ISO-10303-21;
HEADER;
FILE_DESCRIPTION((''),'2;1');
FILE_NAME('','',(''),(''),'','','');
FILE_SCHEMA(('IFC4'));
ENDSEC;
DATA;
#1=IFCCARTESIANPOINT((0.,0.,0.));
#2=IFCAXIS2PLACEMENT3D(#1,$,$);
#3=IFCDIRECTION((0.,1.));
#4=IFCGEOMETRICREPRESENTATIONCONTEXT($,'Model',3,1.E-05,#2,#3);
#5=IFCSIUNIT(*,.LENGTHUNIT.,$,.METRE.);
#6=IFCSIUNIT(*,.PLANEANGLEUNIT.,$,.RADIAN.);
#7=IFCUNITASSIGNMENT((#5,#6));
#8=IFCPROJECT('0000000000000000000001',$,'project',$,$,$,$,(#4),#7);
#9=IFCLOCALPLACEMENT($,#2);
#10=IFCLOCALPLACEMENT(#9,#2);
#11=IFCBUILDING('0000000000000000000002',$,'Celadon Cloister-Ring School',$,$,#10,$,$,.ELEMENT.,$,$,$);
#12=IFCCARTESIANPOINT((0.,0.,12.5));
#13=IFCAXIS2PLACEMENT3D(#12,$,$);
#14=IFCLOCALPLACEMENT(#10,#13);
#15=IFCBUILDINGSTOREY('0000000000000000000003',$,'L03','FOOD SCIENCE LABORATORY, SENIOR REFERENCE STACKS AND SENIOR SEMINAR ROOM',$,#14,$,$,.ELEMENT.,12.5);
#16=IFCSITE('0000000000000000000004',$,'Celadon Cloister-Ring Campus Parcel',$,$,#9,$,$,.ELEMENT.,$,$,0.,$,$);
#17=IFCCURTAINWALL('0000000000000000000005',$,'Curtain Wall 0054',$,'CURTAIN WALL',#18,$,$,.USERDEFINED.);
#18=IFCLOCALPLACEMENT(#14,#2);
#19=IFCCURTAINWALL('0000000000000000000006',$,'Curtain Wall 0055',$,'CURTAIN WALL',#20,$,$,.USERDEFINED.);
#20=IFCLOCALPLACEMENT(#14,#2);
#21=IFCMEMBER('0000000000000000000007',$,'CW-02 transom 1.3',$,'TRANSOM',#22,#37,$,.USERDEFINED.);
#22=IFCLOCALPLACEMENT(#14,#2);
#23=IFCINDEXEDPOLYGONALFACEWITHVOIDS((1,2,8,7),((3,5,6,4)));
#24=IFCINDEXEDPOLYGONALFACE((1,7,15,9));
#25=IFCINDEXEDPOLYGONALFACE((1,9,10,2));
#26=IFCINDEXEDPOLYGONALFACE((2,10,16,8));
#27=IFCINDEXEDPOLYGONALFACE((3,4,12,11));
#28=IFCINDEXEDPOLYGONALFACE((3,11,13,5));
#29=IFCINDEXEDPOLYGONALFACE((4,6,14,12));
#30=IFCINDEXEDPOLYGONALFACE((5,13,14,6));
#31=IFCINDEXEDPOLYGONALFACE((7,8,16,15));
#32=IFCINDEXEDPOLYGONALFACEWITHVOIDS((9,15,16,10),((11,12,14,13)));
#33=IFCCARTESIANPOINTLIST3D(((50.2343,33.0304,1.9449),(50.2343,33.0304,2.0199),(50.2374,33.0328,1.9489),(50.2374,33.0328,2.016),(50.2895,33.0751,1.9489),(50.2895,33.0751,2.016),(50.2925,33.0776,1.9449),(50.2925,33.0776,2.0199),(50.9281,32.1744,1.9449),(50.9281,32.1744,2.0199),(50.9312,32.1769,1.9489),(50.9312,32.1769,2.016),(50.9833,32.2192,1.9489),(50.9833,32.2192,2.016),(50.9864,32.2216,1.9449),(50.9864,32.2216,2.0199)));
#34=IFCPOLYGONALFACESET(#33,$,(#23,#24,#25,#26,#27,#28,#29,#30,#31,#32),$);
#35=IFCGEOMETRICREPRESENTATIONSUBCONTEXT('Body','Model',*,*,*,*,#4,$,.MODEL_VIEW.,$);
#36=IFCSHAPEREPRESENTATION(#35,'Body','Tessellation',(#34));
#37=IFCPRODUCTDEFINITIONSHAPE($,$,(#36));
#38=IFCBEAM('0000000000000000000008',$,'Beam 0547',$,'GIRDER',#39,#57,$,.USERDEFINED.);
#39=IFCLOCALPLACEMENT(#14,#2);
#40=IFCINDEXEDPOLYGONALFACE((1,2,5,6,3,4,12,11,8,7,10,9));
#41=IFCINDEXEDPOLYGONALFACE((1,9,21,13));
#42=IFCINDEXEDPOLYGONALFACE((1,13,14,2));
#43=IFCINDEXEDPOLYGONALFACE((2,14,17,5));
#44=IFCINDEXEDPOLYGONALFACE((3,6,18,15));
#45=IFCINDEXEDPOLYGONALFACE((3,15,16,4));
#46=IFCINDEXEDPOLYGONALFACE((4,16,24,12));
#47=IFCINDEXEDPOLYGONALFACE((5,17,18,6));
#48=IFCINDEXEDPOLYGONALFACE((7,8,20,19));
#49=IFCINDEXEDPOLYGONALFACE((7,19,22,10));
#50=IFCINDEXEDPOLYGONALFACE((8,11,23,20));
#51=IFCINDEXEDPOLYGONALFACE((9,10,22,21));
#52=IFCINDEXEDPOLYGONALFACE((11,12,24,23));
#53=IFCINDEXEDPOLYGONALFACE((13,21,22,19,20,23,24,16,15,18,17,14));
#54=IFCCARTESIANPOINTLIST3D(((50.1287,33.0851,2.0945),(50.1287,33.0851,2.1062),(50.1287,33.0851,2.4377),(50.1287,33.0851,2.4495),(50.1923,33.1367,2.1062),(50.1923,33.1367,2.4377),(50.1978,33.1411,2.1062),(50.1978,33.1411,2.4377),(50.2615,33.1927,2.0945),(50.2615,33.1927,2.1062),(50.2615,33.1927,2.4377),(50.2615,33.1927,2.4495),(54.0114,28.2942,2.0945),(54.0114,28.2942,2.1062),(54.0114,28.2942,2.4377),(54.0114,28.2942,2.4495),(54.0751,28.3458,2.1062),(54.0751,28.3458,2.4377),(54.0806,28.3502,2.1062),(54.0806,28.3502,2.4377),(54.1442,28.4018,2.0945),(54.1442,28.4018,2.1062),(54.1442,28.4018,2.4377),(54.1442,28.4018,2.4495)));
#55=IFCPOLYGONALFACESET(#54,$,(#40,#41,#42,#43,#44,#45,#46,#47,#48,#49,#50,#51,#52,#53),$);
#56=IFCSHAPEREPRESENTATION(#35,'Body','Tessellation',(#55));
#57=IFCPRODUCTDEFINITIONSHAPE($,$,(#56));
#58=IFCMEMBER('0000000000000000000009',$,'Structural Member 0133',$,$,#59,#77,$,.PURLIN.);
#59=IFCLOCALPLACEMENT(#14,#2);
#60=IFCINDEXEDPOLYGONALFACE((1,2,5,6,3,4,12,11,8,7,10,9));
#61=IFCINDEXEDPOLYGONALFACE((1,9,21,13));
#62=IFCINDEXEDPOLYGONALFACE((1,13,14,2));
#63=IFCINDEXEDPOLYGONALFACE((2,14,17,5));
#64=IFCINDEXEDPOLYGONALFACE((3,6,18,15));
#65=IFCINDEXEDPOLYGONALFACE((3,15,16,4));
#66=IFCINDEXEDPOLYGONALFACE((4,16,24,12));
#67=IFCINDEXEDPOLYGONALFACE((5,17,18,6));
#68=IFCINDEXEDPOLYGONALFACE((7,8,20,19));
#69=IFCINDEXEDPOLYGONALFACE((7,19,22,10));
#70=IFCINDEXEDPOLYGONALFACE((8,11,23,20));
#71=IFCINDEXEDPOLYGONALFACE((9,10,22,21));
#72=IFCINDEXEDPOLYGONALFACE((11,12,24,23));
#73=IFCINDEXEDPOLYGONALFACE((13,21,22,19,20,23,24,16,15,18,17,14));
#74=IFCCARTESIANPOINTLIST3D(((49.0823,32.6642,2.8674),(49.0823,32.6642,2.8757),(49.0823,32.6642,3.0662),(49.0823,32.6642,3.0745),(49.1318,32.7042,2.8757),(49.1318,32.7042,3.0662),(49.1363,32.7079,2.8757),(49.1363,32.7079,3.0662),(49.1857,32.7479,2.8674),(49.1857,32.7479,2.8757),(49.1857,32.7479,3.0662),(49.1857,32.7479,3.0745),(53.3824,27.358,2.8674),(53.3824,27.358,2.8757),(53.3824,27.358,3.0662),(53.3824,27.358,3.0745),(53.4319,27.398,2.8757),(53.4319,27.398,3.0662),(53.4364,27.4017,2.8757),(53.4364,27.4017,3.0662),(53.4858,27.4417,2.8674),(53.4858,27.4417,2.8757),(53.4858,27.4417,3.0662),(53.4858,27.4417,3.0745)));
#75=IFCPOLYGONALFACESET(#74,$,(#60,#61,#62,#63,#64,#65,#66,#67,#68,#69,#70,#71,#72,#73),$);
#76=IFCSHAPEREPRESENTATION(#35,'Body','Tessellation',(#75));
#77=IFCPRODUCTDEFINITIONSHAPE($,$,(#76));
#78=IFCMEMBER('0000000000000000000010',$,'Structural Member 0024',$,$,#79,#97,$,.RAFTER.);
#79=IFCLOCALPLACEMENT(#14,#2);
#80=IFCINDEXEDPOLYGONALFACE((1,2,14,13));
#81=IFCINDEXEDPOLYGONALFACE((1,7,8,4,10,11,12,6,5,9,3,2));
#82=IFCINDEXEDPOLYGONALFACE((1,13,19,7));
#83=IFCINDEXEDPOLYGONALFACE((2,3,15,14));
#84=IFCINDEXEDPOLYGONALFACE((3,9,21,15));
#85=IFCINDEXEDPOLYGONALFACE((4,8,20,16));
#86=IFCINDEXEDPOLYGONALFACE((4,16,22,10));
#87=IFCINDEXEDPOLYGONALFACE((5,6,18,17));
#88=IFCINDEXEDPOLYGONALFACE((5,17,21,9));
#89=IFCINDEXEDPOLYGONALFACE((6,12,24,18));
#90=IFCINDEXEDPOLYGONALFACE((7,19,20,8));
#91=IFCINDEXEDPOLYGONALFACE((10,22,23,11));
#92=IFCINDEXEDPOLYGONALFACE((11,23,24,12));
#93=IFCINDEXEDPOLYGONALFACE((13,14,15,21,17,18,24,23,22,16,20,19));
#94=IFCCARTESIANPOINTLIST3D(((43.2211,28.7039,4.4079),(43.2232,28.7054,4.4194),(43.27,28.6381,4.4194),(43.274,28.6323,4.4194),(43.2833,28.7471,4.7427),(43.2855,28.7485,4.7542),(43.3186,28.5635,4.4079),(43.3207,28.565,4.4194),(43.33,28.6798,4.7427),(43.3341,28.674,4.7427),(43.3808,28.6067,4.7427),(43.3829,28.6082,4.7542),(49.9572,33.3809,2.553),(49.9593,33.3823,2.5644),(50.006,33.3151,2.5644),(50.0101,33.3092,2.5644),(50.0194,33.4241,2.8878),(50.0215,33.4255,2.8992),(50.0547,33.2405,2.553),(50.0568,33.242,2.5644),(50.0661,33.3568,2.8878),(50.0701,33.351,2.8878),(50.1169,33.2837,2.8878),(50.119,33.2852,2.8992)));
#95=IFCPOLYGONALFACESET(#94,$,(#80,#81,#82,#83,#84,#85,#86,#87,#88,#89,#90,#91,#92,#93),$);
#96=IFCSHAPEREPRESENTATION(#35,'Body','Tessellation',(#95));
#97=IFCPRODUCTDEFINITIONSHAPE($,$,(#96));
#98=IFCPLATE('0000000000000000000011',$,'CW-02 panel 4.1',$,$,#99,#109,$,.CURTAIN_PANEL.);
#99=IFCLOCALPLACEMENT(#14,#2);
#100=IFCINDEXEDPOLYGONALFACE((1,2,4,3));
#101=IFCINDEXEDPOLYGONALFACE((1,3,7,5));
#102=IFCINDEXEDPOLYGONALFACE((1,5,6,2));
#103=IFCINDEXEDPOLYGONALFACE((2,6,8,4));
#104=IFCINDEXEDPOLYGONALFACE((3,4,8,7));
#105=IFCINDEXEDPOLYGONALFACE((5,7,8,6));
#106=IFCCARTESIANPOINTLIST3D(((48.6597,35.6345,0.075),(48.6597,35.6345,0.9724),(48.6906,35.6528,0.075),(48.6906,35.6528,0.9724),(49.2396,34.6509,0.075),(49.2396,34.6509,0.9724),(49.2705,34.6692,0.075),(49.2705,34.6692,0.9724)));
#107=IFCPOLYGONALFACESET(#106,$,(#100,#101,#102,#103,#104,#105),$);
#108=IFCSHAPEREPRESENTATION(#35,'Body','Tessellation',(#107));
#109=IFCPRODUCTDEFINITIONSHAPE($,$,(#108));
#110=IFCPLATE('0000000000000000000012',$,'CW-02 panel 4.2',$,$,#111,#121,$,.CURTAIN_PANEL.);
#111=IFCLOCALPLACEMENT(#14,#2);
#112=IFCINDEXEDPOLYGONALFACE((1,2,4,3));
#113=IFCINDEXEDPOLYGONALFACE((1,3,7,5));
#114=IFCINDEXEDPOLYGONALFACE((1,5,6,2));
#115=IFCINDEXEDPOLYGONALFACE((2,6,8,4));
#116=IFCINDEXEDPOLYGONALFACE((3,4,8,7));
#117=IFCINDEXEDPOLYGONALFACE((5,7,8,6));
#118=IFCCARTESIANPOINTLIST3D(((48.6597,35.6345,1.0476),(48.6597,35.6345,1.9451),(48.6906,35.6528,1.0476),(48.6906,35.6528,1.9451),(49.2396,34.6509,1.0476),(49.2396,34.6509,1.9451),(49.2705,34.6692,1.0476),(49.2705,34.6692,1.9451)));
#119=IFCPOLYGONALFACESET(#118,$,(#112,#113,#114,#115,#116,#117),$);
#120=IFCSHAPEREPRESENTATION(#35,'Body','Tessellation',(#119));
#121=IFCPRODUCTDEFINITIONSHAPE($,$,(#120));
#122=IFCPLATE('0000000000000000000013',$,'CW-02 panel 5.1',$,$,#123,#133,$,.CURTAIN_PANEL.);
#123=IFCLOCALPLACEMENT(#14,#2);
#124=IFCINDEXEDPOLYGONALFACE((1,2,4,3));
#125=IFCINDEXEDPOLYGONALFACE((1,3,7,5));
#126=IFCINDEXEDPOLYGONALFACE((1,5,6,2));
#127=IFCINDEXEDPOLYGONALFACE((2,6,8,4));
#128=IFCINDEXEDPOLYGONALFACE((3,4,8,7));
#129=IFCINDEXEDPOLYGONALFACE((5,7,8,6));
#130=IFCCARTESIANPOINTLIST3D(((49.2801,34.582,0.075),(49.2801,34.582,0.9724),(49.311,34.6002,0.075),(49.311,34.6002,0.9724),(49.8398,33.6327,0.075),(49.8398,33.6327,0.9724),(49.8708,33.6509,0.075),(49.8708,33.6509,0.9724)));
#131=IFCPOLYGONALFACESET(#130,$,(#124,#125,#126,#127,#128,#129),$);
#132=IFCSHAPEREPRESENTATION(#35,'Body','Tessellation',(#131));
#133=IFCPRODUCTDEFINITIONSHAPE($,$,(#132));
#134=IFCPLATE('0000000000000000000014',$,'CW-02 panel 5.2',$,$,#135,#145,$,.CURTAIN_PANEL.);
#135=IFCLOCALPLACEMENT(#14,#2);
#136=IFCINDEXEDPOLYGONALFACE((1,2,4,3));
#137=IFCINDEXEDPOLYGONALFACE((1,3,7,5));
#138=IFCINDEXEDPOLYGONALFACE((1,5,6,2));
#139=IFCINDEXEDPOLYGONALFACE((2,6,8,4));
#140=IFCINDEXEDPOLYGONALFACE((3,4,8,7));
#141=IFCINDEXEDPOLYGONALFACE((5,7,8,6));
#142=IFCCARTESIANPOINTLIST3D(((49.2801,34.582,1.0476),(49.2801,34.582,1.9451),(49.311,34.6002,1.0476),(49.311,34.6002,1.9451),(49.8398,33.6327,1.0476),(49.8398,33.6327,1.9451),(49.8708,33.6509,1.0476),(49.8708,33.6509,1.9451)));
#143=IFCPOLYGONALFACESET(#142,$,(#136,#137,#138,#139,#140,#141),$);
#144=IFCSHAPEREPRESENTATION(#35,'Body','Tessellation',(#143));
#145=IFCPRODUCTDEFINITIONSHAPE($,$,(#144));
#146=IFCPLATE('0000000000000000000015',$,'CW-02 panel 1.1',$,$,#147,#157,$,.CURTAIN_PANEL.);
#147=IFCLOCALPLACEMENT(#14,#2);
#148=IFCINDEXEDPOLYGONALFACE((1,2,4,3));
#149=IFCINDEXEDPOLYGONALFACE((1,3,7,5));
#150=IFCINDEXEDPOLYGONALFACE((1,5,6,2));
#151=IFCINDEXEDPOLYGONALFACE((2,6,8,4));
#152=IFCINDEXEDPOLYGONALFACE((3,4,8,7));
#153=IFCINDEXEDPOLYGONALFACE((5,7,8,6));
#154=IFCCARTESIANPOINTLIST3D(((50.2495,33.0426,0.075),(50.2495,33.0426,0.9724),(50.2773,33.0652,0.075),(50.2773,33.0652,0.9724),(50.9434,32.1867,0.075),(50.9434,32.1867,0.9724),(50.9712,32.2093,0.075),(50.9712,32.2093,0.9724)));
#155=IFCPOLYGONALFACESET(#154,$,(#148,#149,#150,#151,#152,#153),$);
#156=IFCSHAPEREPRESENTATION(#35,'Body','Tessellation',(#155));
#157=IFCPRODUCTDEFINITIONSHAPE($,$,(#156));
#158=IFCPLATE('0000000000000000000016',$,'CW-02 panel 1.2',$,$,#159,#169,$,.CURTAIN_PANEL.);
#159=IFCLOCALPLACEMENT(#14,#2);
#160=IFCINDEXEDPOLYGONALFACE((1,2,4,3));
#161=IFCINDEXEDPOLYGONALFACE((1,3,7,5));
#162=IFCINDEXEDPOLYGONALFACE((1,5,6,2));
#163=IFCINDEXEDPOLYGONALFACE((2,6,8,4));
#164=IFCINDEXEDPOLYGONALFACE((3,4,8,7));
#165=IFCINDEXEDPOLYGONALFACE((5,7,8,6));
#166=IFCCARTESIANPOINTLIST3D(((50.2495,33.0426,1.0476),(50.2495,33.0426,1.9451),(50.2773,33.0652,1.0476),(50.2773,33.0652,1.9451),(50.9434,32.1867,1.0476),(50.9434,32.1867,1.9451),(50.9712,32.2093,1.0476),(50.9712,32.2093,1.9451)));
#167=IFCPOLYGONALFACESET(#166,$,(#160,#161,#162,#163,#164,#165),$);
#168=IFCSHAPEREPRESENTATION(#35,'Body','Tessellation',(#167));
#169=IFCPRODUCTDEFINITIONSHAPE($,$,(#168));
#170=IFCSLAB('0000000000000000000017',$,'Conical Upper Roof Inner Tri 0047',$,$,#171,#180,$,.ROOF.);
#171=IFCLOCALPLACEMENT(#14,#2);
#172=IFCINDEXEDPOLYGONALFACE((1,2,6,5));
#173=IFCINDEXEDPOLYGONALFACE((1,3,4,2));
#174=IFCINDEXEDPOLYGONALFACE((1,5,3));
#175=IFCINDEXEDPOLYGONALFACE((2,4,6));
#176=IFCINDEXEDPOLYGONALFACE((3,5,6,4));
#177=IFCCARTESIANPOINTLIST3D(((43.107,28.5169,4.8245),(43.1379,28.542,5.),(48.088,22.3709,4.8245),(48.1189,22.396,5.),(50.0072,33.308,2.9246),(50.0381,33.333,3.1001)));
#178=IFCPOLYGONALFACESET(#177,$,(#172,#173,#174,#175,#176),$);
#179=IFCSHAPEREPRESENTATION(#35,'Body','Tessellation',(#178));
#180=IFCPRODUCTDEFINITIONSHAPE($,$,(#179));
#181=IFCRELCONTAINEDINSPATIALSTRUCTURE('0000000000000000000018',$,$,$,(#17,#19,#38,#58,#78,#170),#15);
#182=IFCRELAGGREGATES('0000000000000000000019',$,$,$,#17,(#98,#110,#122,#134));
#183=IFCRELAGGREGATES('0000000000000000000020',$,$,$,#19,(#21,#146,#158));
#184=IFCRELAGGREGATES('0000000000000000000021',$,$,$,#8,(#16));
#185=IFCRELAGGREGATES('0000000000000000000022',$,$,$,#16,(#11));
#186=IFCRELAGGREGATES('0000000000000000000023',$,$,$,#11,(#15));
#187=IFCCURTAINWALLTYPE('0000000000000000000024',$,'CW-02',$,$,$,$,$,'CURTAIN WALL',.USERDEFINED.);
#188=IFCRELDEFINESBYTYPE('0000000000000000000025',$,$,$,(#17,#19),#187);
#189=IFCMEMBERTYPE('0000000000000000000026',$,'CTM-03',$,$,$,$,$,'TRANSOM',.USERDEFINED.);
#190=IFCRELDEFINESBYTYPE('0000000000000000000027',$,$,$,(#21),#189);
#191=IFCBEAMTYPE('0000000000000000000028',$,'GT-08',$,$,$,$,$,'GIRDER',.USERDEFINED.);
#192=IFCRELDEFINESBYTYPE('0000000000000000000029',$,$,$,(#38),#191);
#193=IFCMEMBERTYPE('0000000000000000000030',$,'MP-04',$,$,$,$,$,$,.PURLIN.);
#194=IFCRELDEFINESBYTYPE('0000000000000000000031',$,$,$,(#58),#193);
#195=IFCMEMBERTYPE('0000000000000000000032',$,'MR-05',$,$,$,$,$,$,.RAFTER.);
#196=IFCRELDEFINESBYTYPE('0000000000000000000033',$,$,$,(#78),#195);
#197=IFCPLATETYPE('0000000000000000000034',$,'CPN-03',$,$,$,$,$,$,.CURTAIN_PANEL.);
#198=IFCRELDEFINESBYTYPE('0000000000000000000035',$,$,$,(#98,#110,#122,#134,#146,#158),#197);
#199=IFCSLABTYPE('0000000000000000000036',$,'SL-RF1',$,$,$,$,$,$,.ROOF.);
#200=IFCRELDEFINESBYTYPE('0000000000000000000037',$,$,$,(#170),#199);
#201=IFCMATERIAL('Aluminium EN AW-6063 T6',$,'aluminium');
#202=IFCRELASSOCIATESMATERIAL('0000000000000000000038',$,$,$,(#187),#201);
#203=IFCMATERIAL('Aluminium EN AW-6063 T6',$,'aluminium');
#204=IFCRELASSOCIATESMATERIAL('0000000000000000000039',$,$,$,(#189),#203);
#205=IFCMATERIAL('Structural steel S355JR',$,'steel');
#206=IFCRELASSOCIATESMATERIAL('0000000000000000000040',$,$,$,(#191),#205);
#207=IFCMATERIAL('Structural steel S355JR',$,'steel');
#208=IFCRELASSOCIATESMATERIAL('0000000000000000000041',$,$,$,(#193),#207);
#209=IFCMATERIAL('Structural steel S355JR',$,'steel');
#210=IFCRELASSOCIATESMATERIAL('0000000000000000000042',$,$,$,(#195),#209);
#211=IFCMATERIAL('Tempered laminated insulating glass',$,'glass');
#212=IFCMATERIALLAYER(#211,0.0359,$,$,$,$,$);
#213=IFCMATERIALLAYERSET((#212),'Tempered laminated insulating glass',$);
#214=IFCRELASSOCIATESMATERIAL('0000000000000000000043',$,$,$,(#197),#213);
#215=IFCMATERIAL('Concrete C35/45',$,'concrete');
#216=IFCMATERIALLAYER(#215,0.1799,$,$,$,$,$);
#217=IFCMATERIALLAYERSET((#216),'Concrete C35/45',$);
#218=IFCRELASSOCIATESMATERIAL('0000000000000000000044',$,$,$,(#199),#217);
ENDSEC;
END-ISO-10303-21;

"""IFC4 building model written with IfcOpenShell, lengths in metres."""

from ifc_helpers import new_model, si_unit, direction, frame, origin, origin_2d, place, context, subcontext, project, spatial, polyline, rectangle, hollow_rectangle, i_section, outline, extrude, material, layer, layer_set, material_profile, profile_set, type_object, element, aggregate, save


model = new_model("IFC4")

# Units and contexts
model_context = context("Model", 3, precision=1e-05, world=origin(), true_north=direction((0.0, 1.0)))
body_context = subcontext(model_context, "Body", "Model", "MODEL_VIEW")
ifc_project = project(units=[si_unit("LENGTHUNIT", "METRE"), si_unit("PLANEANGLEUNIT", "RADIAN")], contexts=[model_context])

# Site, building, storey
site_placement = place(None, origin())
site = spatial("IfcSite", under=ifc_project, at=site_placement, Name="Celadon Cloister-Ring Campus Parcel", CompositionType="ELEMENT", RefElevation=0.0)
building_placement = place(site_placement, origin())
building = spatial("IfcBuilding", under=site, at=building_placement, Name="Celadon Cloister-Ring School", CompositionType="ELEMENT")
storey_placement = place(building_placement, frame((0.0, 0.0, 12.5)))
storey = spatial("IfcBuildingStorey", under=building, at=storey_placement, Name="L03", Description="FOOD SCIENCE LABORATORY, SENIOR REFERENCE STACKS AND SENIOR SEMINAR ROOM", CompositionType="ELEMENT", Elevation=12.5)

# Curtain walls
ifc_material_1 = material(Name="Aluminium EN AW-6063 T6", Category="aluminium")
curtain_wall_type = type_object("IfcCurtainWallType", Name="CW-02", ElementType="CURTAIN WALL", PredefinedType="USERDEFINED", material=ifc_material_1)
curtain_wall_1_placement = place(storey_placement, origin())
curtain_wall_1 = element("IfcCurtainWall", 1, at=curtain_wall_1_placement, inside=storey, type_object=curtain_wall_type, Name="Curtain Wall 0054", ObjectType="CURTAIN WALL", PredefinedType="USERDEFINED")
curtain_wall_2_placement = place(storey_placement, origin())
curtain_wall_2 = element("IfcCurtainWall", 2, at=curtain_wall_2_placement, inside=storey, type_object=curtain_wall_type, Name="Curtain Wall 0055", ObjectType="CURTAIN WALL", PredefinedType="USERDEFINED")

# Member
ifc_material_2 = material(Name="Aluminium EN AW-6063 T6", Category="aluminium")
ifc_material_profile_1 = material_profile(ifc_material_2, hollow_rectangle(XDim=0.075, YDim=0.075, WallThickness=0.0039, at=origin_2d()), Name="RHS75X75X4")
ifc_profile_set_1 = profile_set([ifc_material_profile_1], Name="Aluminium EN AW-6063 T6")
member_type_1 = type_object("IfcMemberType", Name="CTM-03", ElementType="TRANSOM", PredefinedType="USERDEFINED", material=ifc_profile_set_1)
member_1_placement = place(storey_placement, frame((50.2634, 33.054, 1.9824), z_axis=(0.629708, -0.776832, 0.0), x_axis=(0.776832, 0.629708, 0.0)))
member_1 = element("IfcMember", 3, at=member_1_placement, type_object=member_type_1, Name="CW-02 transom 1.3", ObjectType="TRANSOM", PredefinedType="USERDEFINED", context=body_context, shape_type="SweptSolid", body=[
    extrude(hollow_rectangle(XDim=0.075, YDim=0.075, WallThickness=0.0039, at=origin_2d()), origin(), (0.0, 0.0, 1.0), 1.1018),
])

# Beam
ifc_material_3 = material(Name="Structural steel S355JR", Category="steel")
ifc_material_profile_2 = material_profile(ifc_material_3, i_section(OverallWidth=0.1709, OverallDepth=0.355, WebThickness=0.0071, FlangeThickness=0.0117, at=origin_2d()), Name="W360X51")
ifc_profile_set_2 = profile_set([ifc_material_profile_2], Name="Structural steel S355JR")
beam_type = type_object("IfcBeamType", Name="GT-08", ElementType="GIRDER", PredefinedType="USERDEFINED", material=ifc_profile_set_2)
beam_placement = place(storey_placement, frame((50.1951, 33.1389, 2.272), z_axis=(0.629626, -0.776898, 0.0), x_axis=(0.776898, 0.629626, 0.0)))
element("IfcBeam", 4, at=beam_placement, inside=storey, type_object=beam_type, Name="Beam 0547", ObjectType="GIRDER", PredefinedType="USERDEFINED", context=body_context, shape_type="SweptSolid", body=[
    extrude(i_section(OverallWidth=0.1709, OverallDepth=0.355, WebThickness=0.0071, FlangeThickness=0.0117, at=origin_2d()), origin(), (0.0, 0.0, 1.0), 6.1667),
])

# Members
ifc_material_4 = material(Name="Structural steel S355JR", Category="steel")
ifc_material_profile_3 = material_profile(ifc_material_4, i_section(OverallWidth=0.1331, OverallDepth=0.207, WebThickness=0.0059, FlangeThickness=0.0083, at=origin_2d()), Name="W200X27")
ifc_profile_set_3 = profile_set([ifc_material_profile_3], Name="Structural steel S355JR")
member_type_2 = type_object("IfcMemberType", Name="MP-04", PredefinedType="PURLIN", material=ifc_profile_set_3)
member_2_placement = place(storey_placement, frame((49.134, 32.7061, 2.9709), z_axis=(0.629604, -0.776916, 0.0), x_axis=(0.776916, 0.629604, 0.0)))
element("IfcMember", 5, at=member_2_placement, inside=storey, type_object=member_type_2, Name="Structural Member 0133", PredefinedType="PURLIN", context=body_context, shape_type="SweptSolid", body=[
    extrude(i_section(OverallWidth=0.1331, OverallDepth=0.207, WebThickness=0.0059, FlangeThickness=0.0083, at=origin_2d()), origin(), (0.0, 0.0, 1.0), 6.8298),
])
ifc_material_5 = material(Name="Structural steel S355JR", Category="steel")
ifc_material_profile_4 = material_profile(ifc_material_5, i_section(OverallWidth=0.1709, OverallDepth=0.355, WebThickness=0.0071, FlangeThickness=0.0117, at=origin_2d()), Name="W360X51")
ifc_profile_set_4 = profile_set([ifc_material_profile_4], Name="Structural steel S355JR")
member_type_3 = type_object("IfcMemberType", Name="MR-05", PredefinedType="RAFTER", material=ifc_profile_set_4)
member_3_placement = place(storey_placement, frame((50.0381, 33.333, 2.7261), z_axis=(-0.801176, -0.556273, 0.220628), x_axis=(0.570327, -0.821418, 0.0)))
element("IfcMember", 6, at=member_3_placement, inside=storey, type_object=member_type_3, Name="Structural Member 0024", PredefinedType="RAFTER", context=body_context, shape_type="SweptSolid", body=[
    extrude(i_section(OverallWidth=0.1709, OverallDepth=0.355, WebThickness=0.0071, FlangeThickness=0.0117, at=origin_2d()), origin(), (0.0, 0.0, 1.0), 8.4077),
])

# Plates
ifc_material_6 = material(Name="Tempered laminated insulating glass", Category="glass")
ifc_layer_1 = layer(ifc_material_6, 0.0359)
ifc_layer_set_1 = layer_set([ifc_layer_1], Name="Tempered laminated insulating glass")
plate_type = type_object("IfcPlateType", Name="CPN-03", PredefinedType="CURTAIN_PANEL", material=ifc_layer_set_1)
plate_1_placement = place(storey_placement, frame((48.9651, 35.1519, 0.075), z_axis=(0.0, 0.0, 1.0), x_axis=(0.507885, -0.861425, 0.0)))
plate_1 = element("IfcPlate", 7, at=plate_1_placement, type_object=plate_type, Name="CW-02 panel 4.1", PredefinedType="CURTAIN_PANEL", context=body_context, shape_type="SweptSolid", body=[
    extrude(rectangle(XDim=1.1418, YDim=0.0359, at=origin_2d()), origin(), (0.0, 0.0, 1.0), 0.8975),
])
plate_2_placement = place(storey_placement, frame((48.9651, 35.1519, 1.0476), z_axis=(0.0, 0.0, 1.0), x_axis=(0.507885, -0.861425, 0.0)))
plate_2 = element("IfcPlate", 8, at=plate_2_placement, type_object=plate_type, Name="CW-02 panel 4.2", PredefinedType="CURTAIN_PANEL", context=body_context, shape_type="SweptSolid", body=[
    extrude(rectangle(XDim=1.1418, YDim=0.0359, at=origin_2d()), origin(), (0.0, 0.0, 1.0), 0.8975),
])
plate_3_placement = place(storey_placement, frame((49.5754, 34.1165, 0.075), z_axis=(0.0, 0.0, 1.0), x_axis=(0.507885, -0.861425, 0.0)))
plate_3 = element("IfcPlate", 9, at=plate_3_placement, type_object=plate_type, Name="CW-02 panel 5.1", PredefinedType="CURTAIN_PANEL", context=body_context, shape_type="SweptSolid", body=[
    extrude(rectangle(XDim=1.1021, YDim=0.0359, at=origin_2d()), origin(), (0.0, 0.0, 1.0), 0.8975),
])
plate_4_placement = place(storey_placement, frame((49.5754, 34.1165, 1.0476), z_axis=(0.0, 0.0, 1.0), x_axis=(0.507885, -0.861425, 0.0)))
plate_4 = element("IfcPlate", 10, at=plate_4_placement, type_object=plate_type, Name="CW-02 panel 5.2", PredefinedType="CURTAIN_PANEL", context=body_context, shape_type="SweptSolid", body=[
    extrude(rectangle(XDim=1.1021, YDim=0.0359, at=origin_2d()), origin(), (0.0, 0.0, 1.0), 0.8975),
])
aggregate(curtain_wall_1, [plate_1, plate_2, plate_3, plate_4])
plate_5_placement = place(storey_placement, frame((50.6104, 32.626, 0.075), z_axis=(0.0, 0.0, 1.0), x_axis=(0.629773, -0.77678, 0.0)))
plate_5 = element("IfcPlate", 11, at=plate_5_placement, type_object=plate_type, Name="CW-02 panel 1.1", PredefinedType="CURTAIN_PANEL", context=body_context, shape_type="SweptSolid", body=[
    extrude(rectangle(XDim=1.1018, YDim=0.0359, at=origin_2d()), origin(), (0.0, 0.0, 1.0), 0.8975),
])
plate_6_placement = place(storey_placement, frame((50.6104, 32.626, 1.0476), z_axis=(0.0, 0.0, 1.0), x_axis=(0.629773, -0.77678, 0.0)))
plate_6 = element("IfcPlate", 12, at=plate_6_placement, type_object=plate_type, Name="CW-02 panel 1.2", PredefinedType="CURTAIN_PANEL", context=body_context, shape_type="SweptSolid", body=[
    extrude(rectangle(XDim=1.1018, YDim=0.0359, at=origin_2d()), origin(), (0.0, 0.0, 1.0), 0.8975),
])
aggregate(curtain_wall_2, [member_1, plate_5, plate_6])

# Slab
ifc_material_7 = material(Name="Concrete C35/45", Category="concrete")
ifc_layer_2 = layer(ifc_material_7, 0.1799)
ifc_layer_set_2 = layer_set([ifc_layer_2], Name="Concrete C35/45")
slab_type = type_object("IfcSlabType", Name="SL-RF1", PredefinedType="ROOF", material=ifc_layer_set_2)
slab_1_placement = place(storey_placement, frame((50.0381, 33.333, 3.1001), z_axis=(0.171831, 0.139259, 0.975234), x_axis=(-0.801176, -0.556285, 0.220598)))
element("IfcSlab", 13, at=slab_1_placement, inside=storey, type_object=slab_type, Name="Conical Upper Roof Inner Tri 0047", PredefinedType="ROOF", context=body_context, shape_type="SweptSolid", body=[
    extrude(outline(polyline([(0.0, 0.0), (8.6125, 0.0), (8.0408, 7.8903), (0.0, 0.0)])), origin(), (0.0, 0.0, -1.0), 0.1799),
])

save(model, "model.ifc")
